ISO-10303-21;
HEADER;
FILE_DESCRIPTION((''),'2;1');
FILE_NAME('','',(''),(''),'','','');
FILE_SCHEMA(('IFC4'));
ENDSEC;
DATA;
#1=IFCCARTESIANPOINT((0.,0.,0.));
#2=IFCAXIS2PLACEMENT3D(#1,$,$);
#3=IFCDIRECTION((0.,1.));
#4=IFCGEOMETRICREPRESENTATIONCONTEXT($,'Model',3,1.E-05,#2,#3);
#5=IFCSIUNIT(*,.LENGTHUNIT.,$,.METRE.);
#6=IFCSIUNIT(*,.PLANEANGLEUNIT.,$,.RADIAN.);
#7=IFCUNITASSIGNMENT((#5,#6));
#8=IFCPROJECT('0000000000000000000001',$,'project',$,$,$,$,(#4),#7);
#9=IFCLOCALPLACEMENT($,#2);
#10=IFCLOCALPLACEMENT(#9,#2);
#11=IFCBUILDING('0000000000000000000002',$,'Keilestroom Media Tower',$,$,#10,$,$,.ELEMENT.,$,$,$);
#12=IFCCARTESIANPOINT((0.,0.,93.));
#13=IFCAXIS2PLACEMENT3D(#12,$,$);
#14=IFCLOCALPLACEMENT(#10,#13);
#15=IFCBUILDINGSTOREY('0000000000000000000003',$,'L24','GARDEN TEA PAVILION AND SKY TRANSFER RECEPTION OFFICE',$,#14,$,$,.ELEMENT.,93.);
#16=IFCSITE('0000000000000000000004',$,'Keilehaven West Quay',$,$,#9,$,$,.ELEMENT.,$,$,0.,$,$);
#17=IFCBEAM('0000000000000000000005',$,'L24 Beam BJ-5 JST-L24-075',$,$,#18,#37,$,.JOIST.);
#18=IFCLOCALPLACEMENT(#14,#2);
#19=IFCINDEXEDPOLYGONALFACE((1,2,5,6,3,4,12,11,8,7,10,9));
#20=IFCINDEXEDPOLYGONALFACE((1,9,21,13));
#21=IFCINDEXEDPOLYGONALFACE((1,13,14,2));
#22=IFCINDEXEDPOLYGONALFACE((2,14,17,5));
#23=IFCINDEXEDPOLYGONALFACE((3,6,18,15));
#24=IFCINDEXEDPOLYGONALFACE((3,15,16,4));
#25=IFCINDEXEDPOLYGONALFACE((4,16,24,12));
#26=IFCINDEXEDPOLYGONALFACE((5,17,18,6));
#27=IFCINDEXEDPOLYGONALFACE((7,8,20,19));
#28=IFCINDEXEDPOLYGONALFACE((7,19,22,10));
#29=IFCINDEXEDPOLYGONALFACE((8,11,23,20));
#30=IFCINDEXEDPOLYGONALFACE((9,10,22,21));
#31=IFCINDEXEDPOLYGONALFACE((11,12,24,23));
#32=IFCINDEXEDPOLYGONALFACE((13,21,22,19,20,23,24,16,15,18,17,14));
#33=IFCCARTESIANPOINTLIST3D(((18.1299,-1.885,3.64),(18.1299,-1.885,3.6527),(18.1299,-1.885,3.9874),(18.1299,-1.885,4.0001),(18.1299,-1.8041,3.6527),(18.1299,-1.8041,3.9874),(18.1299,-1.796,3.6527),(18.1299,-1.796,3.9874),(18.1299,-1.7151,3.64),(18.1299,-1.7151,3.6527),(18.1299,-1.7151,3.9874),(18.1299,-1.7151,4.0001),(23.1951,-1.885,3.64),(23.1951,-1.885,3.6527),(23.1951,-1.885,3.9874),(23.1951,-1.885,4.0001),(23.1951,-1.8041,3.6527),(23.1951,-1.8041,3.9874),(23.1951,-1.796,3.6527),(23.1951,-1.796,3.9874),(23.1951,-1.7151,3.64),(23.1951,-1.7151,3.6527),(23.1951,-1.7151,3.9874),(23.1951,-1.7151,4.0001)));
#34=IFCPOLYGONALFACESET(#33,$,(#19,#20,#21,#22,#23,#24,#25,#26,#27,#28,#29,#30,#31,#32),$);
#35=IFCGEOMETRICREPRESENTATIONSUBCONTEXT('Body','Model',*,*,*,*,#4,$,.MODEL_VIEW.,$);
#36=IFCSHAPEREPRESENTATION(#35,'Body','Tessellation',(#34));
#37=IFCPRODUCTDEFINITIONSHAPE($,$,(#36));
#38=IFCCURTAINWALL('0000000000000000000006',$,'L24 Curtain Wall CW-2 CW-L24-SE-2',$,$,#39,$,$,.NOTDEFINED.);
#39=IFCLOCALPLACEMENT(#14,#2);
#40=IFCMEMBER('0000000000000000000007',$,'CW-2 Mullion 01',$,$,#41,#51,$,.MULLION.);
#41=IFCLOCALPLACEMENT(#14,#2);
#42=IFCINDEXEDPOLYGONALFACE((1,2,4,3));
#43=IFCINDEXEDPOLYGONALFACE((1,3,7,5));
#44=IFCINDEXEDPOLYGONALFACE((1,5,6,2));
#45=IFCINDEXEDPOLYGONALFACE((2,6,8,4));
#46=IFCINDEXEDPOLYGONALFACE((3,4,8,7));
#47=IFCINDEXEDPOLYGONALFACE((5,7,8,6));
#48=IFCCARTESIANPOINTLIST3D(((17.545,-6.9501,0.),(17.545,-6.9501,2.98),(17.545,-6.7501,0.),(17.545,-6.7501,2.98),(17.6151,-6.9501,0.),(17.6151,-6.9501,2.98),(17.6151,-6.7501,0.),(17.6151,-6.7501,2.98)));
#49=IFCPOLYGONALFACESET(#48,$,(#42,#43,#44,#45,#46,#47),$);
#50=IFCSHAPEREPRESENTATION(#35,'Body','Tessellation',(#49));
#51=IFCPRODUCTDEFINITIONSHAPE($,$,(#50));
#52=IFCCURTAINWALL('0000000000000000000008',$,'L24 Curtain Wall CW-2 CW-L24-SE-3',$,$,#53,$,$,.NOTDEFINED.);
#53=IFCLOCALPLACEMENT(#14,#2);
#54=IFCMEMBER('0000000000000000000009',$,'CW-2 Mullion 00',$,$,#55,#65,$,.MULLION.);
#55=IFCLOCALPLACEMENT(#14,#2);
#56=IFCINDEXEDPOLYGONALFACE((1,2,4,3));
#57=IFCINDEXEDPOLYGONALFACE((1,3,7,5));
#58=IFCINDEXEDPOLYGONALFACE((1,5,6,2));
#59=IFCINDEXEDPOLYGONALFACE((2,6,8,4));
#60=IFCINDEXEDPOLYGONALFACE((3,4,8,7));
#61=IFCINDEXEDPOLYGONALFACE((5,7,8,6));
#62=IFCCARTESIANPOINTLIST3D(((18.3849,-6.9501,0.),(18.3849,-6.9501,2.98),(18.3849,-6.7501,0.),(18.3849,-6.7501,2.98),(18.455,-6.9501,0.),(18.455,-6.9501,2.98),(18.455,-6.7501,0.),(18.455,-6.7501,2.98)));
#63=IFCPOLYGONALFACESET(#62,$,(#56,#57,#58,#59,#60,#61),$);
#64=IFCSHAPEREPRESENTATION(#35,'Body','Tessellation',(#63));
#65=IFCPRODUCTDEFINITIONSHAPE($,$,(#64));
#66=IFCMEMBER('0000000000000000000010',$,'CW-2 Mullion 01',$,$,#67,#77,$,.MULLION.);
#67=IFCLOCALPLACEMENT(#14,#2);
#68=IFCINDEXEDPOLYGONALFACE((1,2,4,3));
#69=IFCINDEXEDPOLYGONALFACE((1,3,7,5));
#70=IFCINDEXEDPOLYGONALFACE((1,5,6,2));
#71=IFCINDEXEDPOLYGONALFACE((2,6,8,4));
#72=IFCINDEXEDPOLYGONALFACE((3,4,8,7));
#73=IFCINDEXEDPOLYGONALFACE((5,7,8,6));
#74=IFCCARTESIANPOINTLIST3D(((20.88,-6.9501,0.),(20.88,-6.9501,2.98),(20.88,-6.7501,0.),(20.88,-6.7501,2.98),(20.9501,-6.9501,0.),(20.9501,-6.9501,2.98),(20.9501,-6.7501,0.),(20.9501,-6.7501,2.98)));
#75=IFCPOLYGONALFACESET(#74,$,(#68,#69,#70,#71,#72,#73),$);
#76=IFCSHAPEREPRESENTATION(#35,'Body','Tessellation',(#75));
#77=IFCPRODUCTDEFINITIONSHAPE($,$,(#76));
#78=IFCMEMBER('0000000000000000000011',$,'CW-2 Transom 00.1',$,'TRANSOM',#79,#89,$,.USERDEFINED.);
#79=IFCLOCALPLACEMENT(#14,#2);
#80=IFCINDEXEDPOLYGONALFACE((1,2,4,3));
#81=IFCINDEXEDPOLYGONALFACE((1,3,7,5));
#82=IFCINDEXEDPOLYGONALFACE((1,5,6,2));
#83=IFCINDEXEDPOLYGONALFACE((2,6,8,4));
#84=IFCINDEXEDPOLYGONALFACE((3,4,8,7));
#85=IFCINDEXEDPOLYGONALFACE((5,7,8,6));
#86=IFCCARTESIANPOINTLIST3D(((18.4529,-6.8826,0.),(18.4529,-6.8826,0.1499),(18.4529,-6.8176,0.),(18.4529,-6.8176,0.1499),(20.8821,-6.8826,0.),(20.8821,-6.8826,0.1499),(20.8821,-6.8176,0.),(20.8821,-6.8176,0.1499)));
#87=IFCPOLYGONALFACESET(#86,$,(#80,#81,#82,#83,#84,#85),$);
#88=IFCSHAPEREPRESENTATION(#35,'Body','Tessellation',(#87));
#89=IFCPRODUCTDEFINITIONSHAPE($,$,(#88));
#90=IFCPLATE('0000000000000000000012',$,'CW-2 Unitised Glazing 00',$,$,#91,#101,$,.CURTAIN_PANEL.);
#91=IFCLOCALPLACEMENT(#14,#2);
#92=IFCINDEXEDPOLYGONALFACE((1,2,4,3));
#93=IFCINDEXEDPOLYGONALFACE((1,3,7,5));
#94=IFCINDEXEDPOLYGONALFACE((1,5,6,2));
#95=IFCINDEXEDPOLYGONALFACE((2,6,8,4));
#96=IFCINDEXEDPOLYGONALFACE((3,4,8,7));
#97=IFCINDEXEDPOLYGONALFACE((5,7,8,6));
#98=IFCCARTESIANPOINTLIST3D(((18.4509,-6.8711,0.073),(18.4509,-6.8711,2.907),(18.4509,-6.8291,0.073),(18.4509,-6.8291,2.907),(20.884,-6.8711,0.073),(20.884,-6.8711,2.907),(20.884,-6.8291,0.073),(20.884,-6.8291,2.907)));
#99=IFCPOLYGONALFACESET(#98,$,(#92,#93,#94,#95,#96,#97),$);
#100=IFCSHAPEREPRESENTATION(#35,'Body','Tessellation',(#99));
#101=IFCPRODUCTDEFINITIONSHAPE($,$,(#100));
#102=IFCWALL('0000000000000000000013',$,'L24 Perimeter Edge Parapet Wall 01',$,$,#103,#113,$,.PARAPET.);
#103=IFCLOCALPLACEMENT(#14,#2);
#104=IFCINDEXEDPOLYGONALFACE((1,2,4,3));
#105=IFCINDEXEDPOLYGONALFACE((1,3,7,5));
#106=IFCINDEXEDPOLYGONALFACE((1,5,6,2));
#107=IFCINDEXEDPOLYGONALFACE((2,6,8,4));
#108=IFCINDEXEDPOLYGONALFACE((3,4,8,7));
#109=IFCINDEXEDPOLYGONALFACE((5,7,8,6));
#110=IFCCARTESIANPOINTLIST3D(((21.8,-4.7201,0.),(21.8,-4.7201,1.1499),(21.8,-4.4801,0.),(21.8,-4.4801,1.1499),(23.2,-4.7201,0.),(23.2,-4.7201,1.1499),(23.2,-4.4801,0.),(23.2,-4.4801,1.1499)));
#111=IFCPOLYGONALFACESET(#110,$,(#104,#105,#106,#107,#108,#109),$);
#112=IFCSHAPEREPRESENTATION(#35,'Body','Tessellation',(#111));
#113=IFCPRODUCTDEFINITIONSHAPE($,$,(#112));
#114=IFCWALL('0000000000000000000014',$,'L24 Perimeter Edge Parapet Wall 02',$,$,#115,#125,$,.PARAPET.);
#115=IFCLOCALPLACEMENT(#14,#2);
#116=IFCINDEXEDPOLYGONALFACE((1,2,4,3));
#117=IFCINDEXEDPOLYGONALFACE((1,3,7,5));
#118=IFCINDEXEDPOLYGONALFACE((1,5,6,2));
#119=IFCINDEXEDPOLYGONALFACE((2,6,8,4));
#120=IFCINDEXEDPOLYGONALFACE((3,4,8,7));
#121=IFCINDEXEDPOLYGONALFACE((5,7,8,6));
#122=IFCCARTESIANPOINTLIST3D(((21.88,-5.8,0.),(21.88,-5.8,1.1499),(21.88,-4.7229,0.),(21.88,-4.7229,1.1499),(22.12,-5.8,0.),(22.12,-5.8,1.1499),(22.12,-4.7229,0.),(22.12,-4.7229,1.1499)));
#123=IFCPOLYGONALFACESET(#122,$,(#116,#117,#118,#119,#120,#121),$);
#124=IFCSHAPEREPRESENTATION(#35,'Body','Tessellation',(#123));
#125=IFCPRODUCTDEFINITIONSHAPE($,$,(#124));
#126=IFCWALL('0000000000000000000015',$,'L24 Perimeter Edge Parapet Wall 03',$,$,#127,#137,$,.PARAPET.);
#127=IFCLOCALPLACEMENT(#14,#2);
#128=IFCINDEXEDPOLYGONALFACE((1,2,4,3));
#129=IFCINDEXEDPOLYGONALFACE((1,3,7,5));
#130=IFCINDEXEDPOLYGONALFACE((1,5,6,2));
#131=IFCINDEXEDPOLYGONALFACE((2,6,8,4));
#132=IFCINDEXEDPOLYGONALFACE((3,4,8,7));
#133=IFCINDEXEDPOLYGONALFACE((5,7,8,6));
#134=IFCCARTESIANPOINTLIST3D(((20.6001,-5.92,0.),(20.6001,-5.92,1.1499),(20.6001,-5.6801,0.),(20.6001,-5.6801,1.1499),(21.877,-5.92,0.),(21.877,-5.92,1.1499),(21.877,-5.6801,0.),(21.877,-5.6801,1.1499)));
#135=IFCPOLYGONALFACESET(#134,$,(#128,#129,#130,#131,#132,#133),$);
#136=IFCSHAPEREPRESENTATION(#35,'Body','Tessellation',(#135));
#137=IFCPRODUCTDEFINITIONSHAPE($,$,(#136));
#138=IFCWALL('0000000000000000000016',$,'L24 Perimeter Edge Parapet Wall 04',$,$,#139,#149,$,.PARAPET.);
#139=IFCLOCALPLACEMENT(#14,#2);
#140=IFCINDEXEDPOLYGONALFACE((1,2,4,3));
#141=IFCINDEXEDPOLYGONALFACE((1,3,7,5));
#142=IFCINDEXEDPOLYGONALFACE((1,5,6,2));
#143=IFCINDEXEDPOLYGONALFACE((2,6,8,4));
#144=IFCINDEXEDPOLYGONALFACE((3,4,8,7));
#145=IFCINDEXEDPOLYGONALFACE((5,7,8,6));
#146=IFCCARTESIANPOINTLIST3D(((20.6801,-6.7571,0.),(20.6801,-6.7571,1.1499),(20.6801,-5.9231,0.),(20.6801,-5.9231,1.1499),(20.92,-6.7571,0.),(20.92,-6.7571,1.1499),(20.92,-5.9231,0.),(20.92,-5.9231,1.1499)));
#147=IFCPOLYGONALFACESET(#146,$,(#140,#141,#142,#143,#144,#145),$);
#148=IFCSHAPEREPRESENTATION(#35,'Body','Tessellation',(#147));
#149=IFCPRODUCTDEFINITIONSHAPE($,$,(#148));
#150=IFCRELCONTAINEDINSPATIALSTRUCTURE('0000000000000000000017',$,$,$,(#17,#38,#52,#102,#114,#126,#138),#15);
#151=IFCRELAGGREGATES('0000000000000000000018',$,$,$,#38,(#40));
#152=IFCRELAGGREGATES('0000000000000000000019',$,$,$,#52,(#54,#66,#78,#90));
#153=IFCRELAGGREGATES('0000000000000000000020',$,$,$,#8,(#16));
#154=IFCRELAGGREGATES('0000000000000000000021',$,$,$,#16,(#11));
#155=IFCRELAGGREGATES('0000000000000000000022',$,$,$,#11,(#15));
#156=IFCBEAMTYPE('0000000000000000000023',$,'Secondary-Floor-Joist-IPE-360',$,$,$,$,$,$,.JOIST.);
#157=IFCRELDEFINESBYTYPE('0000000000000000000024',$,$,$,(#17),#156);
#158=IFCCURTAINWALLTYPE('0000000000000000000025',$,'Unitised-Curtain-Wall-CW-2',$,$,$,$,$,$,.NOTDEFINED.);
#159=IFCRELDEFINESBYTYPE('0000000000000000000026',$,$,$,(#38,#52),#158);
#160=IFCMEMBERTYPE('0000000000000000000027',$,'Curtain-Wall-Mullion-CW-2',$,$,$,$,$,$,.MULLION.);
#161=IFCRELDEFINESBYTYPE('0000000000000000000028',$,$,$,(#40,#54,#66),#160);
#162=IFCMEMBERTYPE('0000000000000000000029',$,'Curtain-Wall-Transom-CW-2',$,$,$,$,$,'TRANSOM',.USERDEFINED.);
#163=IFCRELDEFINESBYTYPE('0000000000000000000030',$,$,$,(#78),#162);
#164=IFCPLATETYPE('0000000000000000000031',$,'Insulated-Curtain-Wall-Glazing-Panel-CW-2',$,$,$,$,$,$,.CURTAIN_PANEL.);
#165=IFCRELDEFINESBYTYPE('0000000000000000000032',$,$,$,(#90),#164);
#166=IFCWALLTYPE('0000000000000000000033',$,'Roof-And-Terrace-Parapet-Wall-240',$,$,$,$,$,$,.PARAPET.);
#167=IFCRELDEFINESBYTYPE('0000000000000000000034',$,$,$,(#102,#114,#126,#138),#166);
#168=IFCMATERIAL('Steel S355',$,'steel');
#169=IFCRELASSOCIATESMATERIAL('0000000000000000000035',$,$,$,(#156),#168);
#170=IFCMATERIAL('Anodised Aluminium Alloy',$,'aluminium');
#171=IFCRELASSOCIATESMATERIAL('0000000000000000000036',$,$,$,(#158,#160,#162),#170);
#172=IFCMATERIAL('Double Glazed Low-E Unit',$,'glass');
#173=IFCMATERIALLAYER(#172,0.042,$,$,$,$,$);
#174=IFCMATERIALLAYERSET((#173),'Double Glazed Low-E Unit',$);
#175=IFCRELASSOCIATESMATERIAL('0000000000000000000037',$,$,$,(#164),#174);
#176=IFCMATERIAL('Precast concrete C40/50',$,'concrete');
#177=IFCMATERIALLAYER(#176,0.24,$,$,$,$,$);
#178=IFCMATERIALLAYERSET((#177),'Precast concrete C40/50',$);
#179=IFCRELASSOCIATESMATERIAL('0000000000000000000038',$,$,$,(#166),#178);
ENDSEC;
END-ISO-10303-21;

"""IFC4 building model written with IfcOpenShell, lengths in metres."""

from ifc_helpers import new_model, si_unit, direction, frame, frame_2d, origin, origin_2d, place, context, subcontext, project, spatial, rectangle, i_section, extrude, source, transform, mapped, material, layer, layer_set, material_profile, profile_set, type_object, element, aggregate, save


model = new_model("IFC4")

# Units and contexts
model_context = context("Model", 3, precision=1e-05, world=origin(), true_north=direction((0.0, 1.0)))
body_context = subcontext(model_context, "Body", "Model", "MODEL_VIEW")
ifc_project = project(units=[si_unit("LENGTHUNIT", "METRE"), si_unit("PLANEANGLEUNIT", "RADIAN")], contexts=[model_context])

# Site, building, storey
site_placement = place(None, origin())
site = spatial("IfcSite", under=ifc_project, at=site_placement, Name="Keilehaven West Quay", CompositionType="ELEMENT", RefElevation=0.0)
building_placement = place(site_placement, origin())
building = spatial("IfcBuilding", under=site, at=building_placement, Name="Keilestroom Media Tower", CompositionType="ELEMENT")
storey_placement = place(building_placement, frame((0.0, 0.0, 93.0)))
storey = spatial("IfcBuildingStorey", under=building, at=storey_placement, Name="L24", Description="GARDEN TEA PAVILION AND SKY TRANSFER RECEPTION OFFICE", CompositionType="ELEMENT", Elevation=93.0)

# Shared definitions
ifc_material_1 = material(Name="Precast concrete C40/50", Category="concrete")
ifc_material_2 = material(Name="Steel S355", Category="steel")

# Beam
ifc_material_profile_1 = material_profile(ifc_material_2, i_section(OverallWidth=0.1699, OverallDepth=0.3601, WebThickness=0.0081, FlangeThickness=0.0127, at=origin_2d()), Name="IPE 360")
ifc_profile_set_1 = profile_set([ifc_material_profile_1], Name="Steel S355")
beam_type_1 = type_object("IfcBeamType", Name="Secondary-Floor-Joist-IPE-360", PredefinedType="JOIST", material=ifc_profile_set_1)
shared_shape_1 = source(origin(), body_context, "Body", "SweptSolid", [
    extrude(i_section(OverallWidth=0.1699, OverallDepth=0.3601, WebThickness=0.0081, FlangeThickness=0.0127, at=origin_2d()), origin(), (0.0, 0.0, 1.0), 5.0652),
])
beam_1_placement = place(storey_placement, frame((18.1299, -1.8, 3.8201), z_axis=(1.0, 0.0, 0.0), x_axis=(0.0, 1.0, 0.0)))
element("IfcBeam", 1, at=beam_1_placement, inside=storey, type_object=beam_type_1, Name="L24 Beam BJ-5 JST-L24-075", PredefinedType="JOIST", context=body_context, shape_type="MappedRepresentation", body=[
    mapped(shared_shape_1, transform((0.0, 0.0, 0.0), x_axis=(1.0, 0.0, 0.0), y_axis=(0.0, 1.0, 0.0), z_axis=(0.0, 0.0, 1.0), scale=1.0)),
])

# Curtain wall, member
ifc_material_3 = material(Name="Anodised Aluminium Alloy", Category="aluminium")
curtain_wall_type = type_object("IfcCurtainWallType", Name="Unitised-Curtain-Wall-CW-2", PredefinedType="NOTDEFINED", material=ifc_material_3)
curtain_wall_1_placement = place(storey_placement, origin())
curtain_wall_1 = element("IfcCurtainWall", 2, at=curtain_wall_1_placement, inside=storey, type_object=curtain_wall_type, Name="L24 Curtain Wall CW-2 CW-L24-SE-2", PredefinedType="NOTDEFINED")
ifc_material_profile_2 = material_profile(ifc_material_3, rectangle(XDim=0.0701, YDim=0.2, at=origin_2d()), Name="ALU MULLION 70x200")
ifc_profile_set_2 = profile_set([ifc_material_profile_2], Name="Anodised Aluminium Alloy")
member_type_1 = type_object("IfcMemberType", Name="Curtain-Wall-Mullion-CW-2", PredefinedType="MULLION", material=ifc_profile_set_2)
shared_shape_2 = source(origin(), body_context, "Body", "SweptSolid", [
    extrude(rectangle(XDim=0.0701, YDim=0.2, at=origin_2d()), origin(), (0.0, 0.0, 1.0), 2.98),
])
member_1_placement = place(storey_placement, frame((17.5801, -6.8501, 0.0), z_axis=(0.0, 0.0, 1.0), x_axis=(1.0, 0.0, 0.0)))
member_1 = element("IfcMember", 3, at=member_1_placement, type_object=member_type_1, Name="CW-2 Mullion 01", PredefinedType="MULLION", context=body_context, shape_type="MappedRepresentation", body=[
    mapped(shared_shape_2, transform((0.0, 0.0, 0.0), x_axis=(1.0, 0.0, 0.0), y_axis=(0.0, 1.0, 0.0), z_axis=(0.0, 0.0, 1.0), scale=1.0)),
])
aggregate(curtain_wall_1, [member_1])

# Curtain wall, members, plate
curtain_wall_2_placement = place(storey_placement, origin())
curtain_wall_2 = element("IfcCurtainWall", 4, at=curtain_wall_2_placement, inside=storey, type_object=curtain_wall_type, Name="L24 Curtain Wall CW-2 CW-L24-SE-3", PredefinedType="NOTDEFINED")
member_2_placement = place(storey_placement, frame((18.4199, -6.8501, 0.0), z_axis=(0.0, 0.0, 1.0), x_axis=(1.0, 0.0, 0.0)))
member_2 = element("IfcMember", 5, at=member_2_placement, type_object=member_type_1, Name="CW-2 Mullion 00", PredefinedType="MULLION", context=body_context, shape_type="MappedRepresentation", body=[
    mapped(shared_shape_2, transform((0.0, 0.0, 0.0), x_axis=(1.0, 0.0, 0.0), y_axis=(0.0, 1.0, 0.0), z_axis=(0.0, 0.0, 1.0), scale=1.0)),
])
member_3_placement = place(storey_placement, frame((20.915, -6.8501, 0.0), z_axis=(0.0, 0.0, 1.0), x_axis=(1.0, 0.0, 0.0)))
member_3 = element("IfcMember", 6, at=member_3_placement, type_object=member_type_1, Name="CW-2 Mullion 01", PredefinedType="MULLION", context=body_context, shape_type="MappedRepresentation", body=[
    mapped(shared_shape_2, transform((0.0, 0.0, 0.0), x_axis=(1.0, 0.0, 0.0), y_axis=(0.0, 1.0, 0.0), z_axis=(0.0, 0.0, 1.0), scale=1.0)),
])
ifc_material_profile_3 = material_profile(ifc_material_3, rectangle(XDim=0.0649, YDim=0.1499, at=origin_2d()), Name="ALU TRANSOM 65x150")
ifc_profile_set_3 = profile_set([ifc_material_profile_3], Name="Anodised Aluminium Alloy")
member_type_2 = type_object("IfcMemberType", Name="Curtain-Wall-Transom-CW-2", ElementType="TRANSOM", PredefinedType="USERDEFINED", material=ifc_profile_set_3)
shared_shape_3 = source(origin(), body_context, "Body", "SweptSolid", [
    extrude(rectangle(XDim=0.0649, YDim=0.1499, at=origin_2d()), origin(), (0.0, 0.0, 1.0), 2.4292),
])
member_4_placement = place(storey_placement, frame((18.4529, -6.8501, 0.075), z_axis=(1.0, 0.0, 0.0), x_axis=(0.0, 1.0, 0.0)))
member_4 = element("IfcMember", 7, at=member_4_placement, type_object=member_type_2, Name="CW-2 Transom 00.1", ObjectType="TRANSOM", PredefinedType="USERDEFINED", context=body_context, shape_type="MappedRepresentation", body=[
    mapped(shared_shape_3, transform((0.0, 0.0, 0.0), x_axis=(1.0, 0.0, 0.0), y_axis=(0.0, 1.0, 0.0), z_axis=(0.0, 0.0, 1.0), scale=1.0)),
])
ifc_material_4 = material(Name="Double Glazed Low-E Unit", Category="glass")
ifc_layer_1 = layer(ifc_material_4, 0.042)
ifc_layer_set_1 = layer_set([ifc_layer_1], Name="Double Glazed Low-E Unit")
plate_type = type_object("IfcPlateType", Name="Insulated-Curtain-Wall-Glazing-Panel-CW-2", PredefinedType="CURTAIN_PANEL", material=ifc_layer_set_1)
shared_shape_4 = source(origin(), body_context, "Body", "SweptSolid", [
    extrude(rectangle(XDim=2.4331, YDim=0.042, at=origin_2d()), origin(), (0.0, 0.0, 1.0), 2.834),
])
plate_placement = place(storey_placement, frame((19.6675, -6.8501, 0.073), z_axis=(0.0, 0.0, 1.0), x_axis=(1.0, 0.0, 0.0)))
plate = element("IfcPlate", 8, at=plate_placement, type_object=plate_type, Name="CW-2 Unitised Glazing 00", PredefinedType="CURTAIN_PANEL", context=body_context, shape_type="MappedRepresentation", body=[
    mapped(shared_shape_4, transform((0.0, 0.0, 0.0), x_axis=(1.0, 0.0, 0.0), y_axis=(0.0, 1.0, 0.0), z_axis=(0.0, 0.0, 1.0), scale=1.0)),
])
aggregate(curtain_wall_2, [member_2, member_3, member_4, plate])

# Walls
ifc_layer_2 = layer(ifc_material_1, 0.24)
ifc_layer_set_2 = layer_set([ifc_layer_2], Name="Precast concrete C40/50")
wall_type = type_object("IfcWallType", Name="Roof-And-Terrace-Parapet-Wall-240", PredefinedType="PARAPET", material=ifc_layer_set_2)
wall_1_placement = place(storey_placement, frame((23.2, -4.6001, 0.0), z_axis=(0.0, 0.0, 1.0), x_axis=(-1.0, 0.0, 0.0)))
element("IfcWall", 9, at=wall_1_placement, inside=storey, type_object=wall_type, Name="L24 Perimeter Edge Parapet Wall 01", PredefinedType="PARAPET", context=body_context, shape_type="SweptSolid", body=[
    extrude(rectangle(XDim=1.3999, YDim=0.24, at=frame_2d((0.7, 0.0))), origin(), (0.0, 0.0, 1.0), 1.1499),
])
wall_2_placement = place(storey_placement, frame((22.0, -4.7229, 0.0), z_axis=(0.0, 0.0, 1.0), x_axis=(0.0, -1.0, 0.0)))
element("IfcWall", 10, at=wall_2_placement, inside=storey, type_object=wall_type, Name="L24 Perimeter Edge Parapet Wall 02", PredefinedType="PARAPET", context=body_context, shape_type="SweptSolid", body=[
    extrude(rectangle(XDim=1.0771, YDim=0.24, at=frame_2d((0.5386, 0.0))), origin(), (0.0, 0.0, 1.0), 1.1499),
])
wall_3_placement = place(storey_placement, frame((21.877, -5.8, 0.0), z_axis=(0.0, 0.0, 1.0), x_axis=(-1.0, 0.0, 0.0)))
element("IfcWall", 11, at=wall_3_placement, inside=storey, type_object=wall_type, Name="L24 Perimeter Edge Parapet Wall 03", PredefinedType="PARAPET", context=body_context, shape_type="SweptSolid", body=[
    extrude(rectangle(XDim=1.2769, YDim=0.24, at=frame_2d((0.6384, 0.0))), origin(), (0.0, 0.0, 1.0), 1.1499),
])
wall_4_placement = place(storey_placement, frame((20.8, -5.9231, 0.0), z_axis=(0.0, 0.0, 1.0), x_axis=(0.0, -1.0, 0.0)))
element("IfcWall", 12, at=wall_4_placement, inside=storey, type_object=wall_type, Name="L24 Perimeter Edge Parapet Wall 04", PredefinedType="PARAPET", context=body_context, shape_type="SweptSolid", body=[
    extrude(rectangle(XDim=0.834, YDim=0.24, at=frame_2d((0.417, 0.0))), origin(), (0.0, 0.0, 1.0), 1.1499),
])

save(model, "model.ifc")
